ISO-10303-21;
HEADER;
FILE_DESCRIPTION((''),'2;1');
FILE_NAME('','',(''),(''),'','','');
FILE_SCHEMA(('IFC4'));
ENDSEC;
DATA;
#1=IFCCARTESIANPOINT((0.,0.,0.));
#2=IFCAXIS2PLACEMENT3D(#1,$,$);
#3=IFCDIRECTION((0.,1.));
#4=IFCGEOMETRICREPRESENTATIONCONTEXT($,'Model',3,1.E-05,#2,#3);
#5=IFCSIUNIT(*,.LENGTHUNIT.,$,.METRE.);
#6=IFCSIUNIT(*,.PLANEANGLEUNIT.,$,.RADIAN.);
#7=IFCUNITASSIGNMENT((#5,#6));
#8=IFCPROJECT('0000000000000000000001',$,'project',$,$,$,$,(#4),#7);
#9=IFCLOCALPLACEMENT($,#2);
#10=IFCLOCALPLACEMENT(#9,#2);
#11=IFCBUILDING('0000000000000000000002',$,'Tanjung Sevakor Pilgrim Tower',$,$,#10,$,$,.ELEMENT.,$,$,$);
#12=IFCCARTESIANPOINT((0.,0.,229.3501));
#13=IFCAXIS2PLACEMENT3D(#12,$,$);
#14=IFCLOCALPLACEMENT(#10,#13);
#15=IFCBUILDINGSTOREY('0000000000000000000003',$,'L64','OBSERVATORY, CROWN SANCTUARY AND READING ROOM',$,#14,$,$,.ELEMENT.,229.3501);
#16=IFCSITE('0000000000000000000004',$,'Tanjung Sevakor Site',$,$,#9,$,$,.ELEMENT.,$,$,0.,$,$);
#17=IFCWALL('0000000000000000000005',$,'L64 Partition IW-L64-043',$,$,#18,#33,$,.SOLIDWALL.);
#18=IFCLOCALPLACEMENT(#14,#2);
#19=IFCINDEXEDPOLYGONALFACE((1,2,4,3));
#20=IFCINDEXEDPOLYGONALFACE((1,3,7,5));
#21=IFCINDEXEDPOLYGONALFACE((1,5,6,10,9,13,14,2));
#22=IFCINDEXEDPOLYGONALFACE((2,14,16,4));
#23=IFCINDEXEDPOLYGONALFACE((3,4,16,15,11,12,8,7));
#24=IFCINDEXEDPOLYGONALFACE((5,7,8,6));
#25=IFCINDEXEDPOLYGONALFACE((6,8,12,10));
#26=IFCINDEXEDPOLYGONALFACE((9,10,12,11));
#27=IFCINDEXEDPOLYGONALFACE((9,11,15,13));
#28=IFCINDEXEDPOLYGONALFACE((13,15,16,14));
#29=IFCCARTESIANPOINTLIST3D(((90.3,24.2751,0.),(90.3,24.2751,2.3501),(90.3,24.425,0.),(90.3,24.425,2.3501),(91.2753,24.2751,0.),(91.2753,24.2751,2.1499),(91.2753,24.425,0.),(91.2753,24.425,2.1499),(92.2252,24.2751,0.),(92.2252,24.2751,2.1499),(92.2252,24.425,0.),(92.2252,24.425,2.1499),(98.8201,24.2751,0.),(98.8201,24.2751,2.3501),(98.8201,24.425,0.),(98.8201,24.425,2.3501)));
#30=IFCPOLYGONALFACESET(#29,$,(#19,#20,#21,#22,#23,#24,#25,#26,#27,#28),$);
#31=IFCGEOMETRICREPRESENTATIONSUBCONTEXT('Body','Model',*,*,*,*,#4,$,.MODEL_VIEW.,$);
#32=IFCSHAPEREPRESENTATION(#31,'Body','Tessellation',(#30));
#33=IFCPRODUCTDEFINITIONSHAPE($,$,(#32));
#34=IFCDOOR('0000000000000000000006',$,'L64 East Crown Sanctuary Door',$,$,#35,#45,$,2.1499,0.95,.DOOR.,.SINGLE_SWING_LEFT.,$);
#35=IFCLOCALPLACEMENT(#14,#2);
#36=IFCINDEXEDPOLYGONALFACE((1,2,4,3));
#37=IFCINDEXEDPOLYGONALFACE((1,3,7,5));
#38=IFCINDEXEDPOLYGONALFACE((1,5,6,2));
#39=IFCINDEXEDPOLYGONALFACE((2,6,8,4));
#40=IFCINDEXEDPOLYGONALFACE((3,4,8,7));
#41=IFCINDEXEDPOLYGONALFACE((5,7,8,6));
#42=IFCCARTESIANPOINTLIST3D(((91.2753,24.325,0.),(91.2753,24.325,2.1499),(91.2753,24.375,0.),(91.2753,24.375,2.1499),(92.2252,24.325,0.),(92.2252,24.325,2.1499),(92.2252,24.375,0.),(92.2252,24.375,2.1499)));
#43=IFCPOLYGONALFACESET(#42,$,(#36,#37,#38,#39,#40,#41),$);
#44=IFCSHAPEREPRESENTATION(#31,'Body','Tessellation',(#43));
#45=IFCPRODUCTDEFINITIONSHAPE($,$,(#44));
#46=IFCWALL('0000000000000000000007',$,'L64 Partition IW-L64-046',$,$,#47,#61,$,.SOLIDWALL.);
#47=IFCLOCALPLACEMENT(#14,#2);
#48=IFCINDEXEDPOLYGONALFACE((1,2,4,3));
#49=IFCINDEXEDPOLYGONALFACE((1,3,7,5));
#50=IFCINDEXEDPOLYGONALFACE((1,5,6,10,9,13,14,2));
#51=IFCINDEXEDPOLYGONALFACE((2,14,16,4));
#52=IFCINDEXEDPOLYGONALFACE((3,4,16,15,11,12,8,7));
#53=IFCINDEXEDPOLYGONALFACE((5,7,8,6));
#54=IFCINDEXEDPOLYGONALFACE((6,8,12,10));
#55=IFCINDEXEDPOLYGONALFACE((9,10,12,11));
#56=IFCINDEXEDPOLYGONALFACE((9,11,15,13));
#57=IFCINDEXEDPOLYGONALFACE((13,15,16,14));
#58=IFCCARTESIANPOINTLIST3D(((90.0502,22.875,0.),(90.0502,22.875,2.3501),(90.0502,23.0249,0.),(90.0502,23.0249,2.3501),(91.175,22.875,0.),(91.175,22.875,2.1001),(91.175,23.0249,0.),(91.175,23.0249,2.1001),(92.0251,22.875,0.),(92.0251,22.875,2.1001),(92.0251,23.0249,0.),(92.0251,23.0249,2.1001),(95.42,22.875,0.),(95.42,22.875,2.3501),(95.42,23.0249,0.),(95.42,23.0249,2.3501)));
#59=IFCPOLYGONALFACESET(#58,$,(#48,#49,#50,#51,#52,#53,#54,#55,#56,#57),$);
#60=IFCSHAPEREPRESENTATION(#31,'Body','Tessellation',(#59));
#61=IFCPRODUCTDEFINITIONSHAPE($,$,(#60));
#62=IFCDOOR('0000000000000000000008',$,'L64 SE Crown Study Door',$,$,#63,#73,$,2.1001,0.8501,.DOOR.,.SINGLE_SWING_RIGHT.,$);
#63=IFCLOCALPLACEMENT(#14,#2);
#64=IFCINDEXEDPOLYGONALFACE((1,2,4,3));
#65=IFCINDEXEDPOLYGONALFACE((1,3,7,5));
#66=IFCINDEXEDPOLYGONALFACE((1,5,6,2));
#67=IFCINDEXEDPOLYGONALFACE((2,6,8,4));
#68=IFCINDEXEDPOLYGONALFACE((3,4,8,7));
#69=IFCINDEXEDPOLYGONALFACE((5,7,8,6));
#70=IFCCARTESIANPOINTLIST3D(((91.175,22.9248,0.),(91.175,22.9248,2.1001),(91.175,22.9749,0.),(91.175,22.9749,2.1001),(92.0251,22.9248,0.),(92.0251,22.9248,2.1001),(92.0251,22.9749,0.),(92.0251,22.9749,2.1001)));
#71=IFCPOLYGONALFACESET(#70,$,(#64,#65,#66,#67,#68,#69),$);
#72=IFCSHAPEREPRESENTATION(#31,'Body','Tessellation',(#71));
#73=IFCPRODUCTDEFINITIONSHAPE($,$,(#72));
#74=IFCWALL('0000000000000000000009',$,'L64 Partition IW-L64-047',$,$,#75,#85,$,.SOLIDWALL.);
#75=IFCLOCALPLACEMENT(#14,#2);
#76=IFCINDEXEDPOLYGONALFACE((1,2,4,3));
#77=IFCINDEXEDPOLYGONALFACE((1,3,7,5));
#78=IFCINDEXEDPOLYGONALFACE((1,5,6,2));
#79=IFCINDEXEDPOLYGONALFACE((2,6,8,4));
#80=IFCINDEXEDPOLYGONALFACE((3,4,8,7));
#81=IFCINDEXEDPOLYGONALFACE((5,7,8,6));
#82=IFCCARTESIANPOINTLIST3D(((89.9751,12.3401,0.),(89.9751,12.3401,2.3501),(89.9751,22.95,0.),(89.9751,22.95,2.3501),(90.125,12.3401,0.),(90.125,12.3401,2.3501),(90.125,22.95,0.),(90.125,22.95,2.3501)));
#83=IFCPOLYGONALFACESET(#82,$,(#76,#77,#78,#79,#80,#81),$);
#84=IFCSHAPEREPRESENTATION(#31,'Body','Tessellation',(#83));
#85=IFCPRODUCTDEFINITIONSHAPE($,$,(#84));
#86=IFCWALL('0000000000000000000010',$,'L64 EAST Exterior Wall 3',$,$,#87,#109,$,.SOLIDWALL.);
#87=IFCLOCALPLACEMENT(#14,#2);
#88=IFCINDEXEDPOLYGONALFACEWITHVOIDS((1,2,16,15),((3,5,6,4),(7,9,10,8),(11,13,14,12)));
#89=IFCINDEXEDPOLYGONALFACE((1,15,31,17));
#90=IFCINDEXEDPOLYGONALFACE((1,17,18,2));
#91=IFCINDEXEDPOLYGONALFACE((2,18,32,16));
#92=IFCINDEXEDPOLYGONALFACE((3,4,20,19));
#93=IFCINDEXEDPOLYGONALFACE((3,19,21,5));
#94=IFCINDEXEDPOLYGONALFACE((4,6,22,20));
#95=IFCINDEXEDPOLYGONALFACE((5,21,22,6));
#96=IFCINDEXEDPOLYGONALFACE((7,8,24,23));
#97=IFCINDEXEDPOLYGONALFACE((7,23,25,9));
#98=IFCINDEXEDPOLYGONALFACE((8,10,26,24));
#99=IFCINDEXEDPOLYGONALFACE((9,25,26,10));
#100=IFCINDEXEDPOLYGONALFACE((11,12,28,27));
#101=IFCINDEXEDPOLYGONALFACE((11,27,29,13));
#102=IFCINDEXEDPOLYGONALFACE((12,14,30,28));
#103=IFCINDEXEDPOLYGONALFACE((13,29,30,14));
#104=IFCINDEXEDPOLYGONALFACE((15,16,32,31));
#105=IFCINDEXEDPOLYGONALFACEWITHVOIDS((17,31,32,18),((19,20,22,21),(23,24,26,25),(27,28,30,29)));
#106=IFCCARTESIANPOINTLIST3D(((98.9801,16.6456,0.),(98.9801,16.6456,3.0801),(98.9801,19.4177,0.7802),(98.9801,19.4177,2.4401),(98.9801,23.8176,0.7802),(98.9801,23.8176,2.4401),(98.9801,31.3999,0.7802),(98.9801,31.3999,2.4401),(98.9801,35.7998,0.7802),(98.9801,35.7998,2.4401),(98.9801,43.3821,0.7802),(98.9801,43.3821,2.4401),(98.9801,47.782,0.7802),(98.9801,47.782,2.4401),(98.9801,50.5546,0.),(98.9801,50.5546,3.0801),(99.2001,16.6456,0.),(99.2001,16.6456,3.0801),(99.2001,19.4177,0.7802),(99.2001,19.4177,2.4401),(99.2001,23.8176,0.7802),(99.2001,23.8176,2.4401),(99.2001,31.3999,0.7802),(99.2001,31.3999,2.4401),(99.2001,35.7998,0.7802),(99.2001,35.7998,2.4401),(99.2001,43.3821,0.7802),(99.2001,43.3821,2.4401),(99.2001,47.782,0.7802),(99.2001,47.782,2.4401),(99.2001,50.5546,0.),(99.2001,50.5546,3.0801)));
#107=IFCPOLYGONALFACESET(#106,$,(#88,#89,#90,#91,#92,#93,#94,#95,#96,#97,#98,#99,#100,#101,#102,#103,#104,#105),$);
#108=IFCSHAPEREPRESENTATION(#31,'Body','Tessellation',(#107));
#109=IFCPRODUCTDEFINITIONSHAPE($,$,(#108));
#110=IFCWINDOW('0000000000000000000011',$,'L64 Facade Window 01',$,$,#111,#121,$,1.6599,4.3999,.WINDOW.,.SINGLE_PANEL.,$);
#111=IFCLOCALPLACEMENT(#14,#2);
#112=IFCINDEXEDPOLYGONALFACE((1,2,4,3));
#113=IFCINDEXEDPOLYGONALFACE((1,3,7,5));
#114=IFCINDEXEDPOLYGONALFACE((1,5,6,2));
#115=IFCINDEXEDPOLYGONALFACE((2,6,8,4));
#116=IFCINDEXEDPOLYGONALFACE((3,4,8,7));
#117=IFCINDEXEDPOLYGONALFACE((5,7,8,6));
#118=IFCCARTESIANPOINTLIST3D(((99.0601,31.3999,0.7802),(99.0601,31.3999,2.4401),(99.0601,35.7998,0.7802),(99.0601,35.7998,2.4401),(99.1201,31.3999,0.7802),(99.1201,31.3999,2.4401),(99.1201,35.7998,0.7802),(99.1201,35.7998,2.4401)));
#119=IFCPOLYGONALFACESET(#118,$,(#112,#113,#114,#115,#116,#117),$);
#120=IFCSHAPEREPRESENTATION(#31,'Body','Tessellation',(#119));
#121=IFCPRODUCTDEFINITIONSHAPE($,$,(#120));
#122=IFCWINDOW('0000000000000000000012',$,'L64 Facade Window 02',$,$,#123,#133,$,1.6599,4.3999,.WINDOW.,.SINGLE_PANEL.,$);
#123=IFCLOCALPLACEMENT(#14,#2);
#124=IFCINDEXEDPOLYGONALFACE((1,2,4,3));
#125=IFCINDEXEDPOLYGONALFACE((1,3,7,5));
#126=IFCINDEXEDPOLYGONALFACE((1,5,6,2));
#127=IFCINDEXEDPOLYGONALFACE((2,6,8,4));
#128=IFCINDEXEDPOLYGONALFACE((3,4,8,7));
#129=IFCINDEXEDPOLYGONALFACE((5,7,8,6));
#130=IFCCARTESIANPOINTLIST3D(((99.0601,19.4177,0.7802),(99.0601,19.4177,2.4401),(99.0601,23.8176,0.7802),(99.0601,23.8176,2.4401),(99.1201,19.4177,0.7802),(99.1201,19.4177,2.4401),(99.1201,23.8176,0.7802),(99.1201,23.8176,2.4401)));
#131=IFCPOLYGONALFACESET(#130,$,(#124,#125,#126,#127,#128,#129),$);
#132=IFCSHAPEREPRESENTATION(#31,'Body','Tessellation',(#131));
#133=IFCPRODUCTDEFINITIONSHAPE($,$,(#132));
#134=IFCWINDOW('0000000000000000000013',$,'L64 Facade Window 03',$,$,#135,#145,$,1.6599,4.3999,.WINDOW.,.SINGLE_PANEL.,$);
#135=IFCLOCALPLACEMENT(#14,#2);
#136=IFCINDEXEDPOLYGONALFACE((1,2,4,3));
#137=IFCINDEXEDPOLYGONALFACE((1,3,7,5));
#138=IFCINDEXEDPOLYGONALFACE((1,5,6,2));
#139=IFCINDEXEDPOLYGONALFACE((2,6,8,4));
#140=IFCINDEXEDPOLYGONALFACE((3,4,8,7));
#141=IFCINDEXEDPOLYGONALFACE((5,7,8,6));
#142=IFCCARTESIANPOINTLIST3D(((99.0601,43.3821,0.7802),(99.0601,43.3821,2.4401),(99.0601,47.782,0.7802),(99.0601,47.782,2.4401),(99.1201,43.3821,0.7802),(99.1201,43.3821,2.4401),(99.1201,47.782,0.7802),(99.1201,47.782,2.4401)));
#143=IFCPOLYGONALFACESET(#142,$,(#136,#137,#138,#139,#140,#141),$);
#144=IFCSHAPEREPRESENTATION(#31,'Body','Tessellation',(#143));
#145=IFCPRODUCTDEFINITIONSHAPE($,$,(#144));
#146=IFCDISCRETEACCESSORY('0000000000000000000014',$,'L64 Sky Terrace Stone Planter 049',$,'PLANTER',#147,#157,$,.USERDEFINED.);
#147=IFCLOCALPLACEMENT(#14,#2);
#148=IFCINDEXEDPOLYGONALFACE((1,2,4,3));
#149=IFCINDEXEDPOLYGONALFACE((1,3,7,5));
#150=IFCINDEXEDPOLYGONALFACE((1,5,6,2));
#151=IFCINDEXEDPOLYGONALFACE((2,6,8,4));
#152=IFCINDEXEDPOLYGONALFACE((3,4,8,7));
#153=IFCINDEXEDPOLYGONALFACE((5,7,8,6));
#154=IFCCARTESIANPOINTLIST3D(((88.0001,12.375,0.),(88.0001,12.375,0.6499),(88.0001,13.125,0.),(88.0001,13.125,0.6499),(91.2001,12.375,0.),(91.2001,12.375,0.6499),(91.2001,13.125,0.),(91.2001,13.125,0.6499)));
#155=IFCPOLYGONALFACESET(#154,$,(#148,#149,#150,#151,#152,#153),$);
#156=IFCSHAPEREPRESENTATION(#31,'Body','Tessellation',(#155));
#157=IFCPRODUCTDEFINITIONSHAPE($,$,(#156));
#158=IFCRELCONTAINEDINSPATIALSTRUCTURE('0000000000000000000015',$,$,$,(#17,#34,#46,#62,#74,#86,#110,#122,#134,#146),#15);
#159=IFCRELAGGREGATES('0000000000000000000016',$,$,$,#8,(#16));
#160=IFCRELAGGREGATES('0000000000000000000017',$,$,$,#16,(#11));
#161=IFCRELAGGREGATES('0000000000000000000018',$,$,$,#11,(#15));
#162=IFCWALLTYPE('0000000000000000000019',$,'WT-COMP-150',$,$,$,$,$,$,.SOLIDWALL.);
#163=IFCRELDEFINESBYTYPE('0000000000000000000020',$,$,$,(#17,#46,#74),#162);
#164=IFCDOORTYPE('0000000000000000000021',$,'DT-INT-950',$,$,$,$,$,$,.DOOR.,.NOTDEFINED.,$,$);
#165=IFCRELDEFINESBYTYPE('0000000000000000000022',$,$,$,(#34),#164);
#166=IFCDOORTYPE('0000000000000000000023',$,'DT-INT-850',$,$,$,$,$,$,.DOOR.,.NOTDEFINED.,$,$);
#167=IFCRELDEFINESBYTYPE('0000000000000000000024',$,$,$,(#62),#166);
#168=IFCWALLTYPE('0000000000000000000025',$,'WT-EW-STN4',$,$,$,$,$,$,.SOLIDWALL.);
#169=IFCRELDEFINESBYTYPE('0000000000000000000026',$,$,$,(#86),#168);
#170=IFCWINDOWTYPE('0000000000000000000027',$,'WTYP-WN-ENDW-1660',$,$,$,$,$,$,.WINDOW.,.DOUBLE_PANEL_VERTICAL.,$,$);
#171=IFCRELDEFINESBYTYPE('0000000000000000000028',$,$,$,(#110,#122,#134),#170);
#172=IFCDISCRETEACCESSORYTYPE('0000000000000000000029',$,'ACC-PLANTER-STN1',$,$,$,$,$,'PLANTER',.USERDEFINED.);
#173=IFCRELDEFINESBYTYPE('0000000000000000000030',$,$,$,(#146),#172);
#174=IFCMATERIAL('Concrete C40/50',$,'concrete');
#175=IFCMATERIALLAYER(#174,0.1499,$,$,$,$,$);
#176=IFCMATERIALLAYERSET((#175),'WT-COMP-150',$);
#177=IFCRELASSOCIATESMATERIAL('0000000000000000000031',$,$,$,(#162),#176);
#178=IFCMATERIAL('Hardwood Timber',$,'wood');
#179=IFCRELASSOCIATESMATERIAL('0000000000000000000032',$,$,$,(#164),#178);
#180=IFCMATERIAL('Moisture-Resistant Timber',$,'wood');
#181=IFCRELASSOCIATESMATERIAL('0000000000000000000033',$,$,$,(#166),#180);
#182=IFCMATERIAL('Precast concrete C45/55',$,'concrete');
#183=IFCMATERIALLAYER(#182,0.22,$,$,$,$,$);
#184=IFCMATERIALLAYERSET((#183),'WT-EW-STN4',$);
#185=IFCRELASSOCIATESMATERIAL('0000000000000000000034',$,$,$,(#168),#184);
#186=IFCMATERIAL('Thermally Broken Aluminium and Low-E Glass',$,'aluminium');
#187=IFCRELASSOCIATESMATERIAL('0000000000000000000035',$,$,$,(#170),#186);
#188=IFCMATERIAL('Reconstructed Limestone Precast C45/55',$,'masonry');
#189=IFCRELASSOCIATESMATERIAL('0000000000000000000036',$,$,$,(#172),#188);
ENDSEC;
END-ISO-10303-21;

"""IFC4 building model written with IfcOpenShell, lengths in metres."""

from ifc_helpers import new_model, si_unit, direction, frame, frame_2d, origin, origin_2d, place, context, subcontext, project, spatial, rectangle, extrude, material, layer, layer_set, type_object, element, fill, save


model = new_model("IFC4")

# Units and contexts
model_context = context("Model", 3, precision=1e-05, world=origin(), true_north=direction((0.0, 1.0)))
body_context = subcontext(model_context, "Body", "Model", "MODEL_VIEW")
ifc_project = project(units=[si_unit("LENGTHUNIT", "METRE"), si_unit("PLANEANGLEUNIT", "RADIAN")], contexts=[model_context])

# Site, building, storey
site_placement = place(None, origin())
site = spatial("IfcSite", under=ifc_project, at=site_placement, Name="Tanjung Sevakor Site", CompositionType="ELEMENT", RefElevation=0.0)
building_placement = place(site_placement, origin())
building = spatial("IfcBuilding", under=site, at=building_placement, Name="Tanjung Sevakor Pilgrim Tower", CompositionType="ELEMENT")
storey_placement = place(building_placement, frame((0.0, 0.0, 229.3501)))
storey = spatial("IfcBuildingStorey", under=building, at=storey_placement, Name="L64", Description="OBSERVATORY, CROWN SANCTUARY AND READING ROOM", CompositionType="ELEMENT", Elevation=229.3501)

# Wall, opening, door
ifc_material_1 = material(Name="Concrete C40/50", Category="concrete")
ifc_layer_1 = layer(ifc_material_1, 0.1499)
ifc_layer_set_1 = layer_set([ifc_layer_1], Name="WT-COMP-150")
wall_type_1 = type_object("IfcWallType", Name="WT-COMP-150", PredefinedType="SOLIDWALL", material=ifc_layer_set_1)
wall_1_placement = place(storey_placement, frame((90.3, 24.3501, 0.0), z_axis=(0.0, 0.0, 1.0), x_axis=(1.0, 0.0, 0.0)))
wall_1 = element("IfcWall", 1, at=wall_1_placement, inside=storey, type_object=wall_type_1, Name="L64 Partition IW-L64-043", PredefinedType="SOLIDWALL", context=body_context, shape_type="SweptSolid", body=[
    extrude(rectangle(XDim=8.52, YDim=0.1499, at=frame_2d((4.26, 0.0))), origin(), (0.0, 0.0, 1.0), 2.3501),
])
opening_1_placement = place(wall_1_placement, frame((0.9751, 0.0, 0.0)))
opening_1 = element("IfcOpeningElement", 2, at=opening_1_placement, cuts=wall_1, PredefinedType="OPENING", context=body_context, shape_type="SweptSolid", body=[
    extrude(rectangle(XDim=0.95, YDim=2.1499, at=frame_2d((0.4751, 1.075))), frame((0.0, 0.085, 0.0), z_axis=(0.0, -1.0, 0.0), x_axis=(1.0, 0.0, 0.0)), (0.0, 0.0, 1.0), 0.1699),
])
ifc_material_2 = material(Name="Hardwood Timber", Category="wood")
door_type_1 = type_object("IfcDoorType", Name="DT-INT-950", OperationType="NOTDEFINED", PredefinedType="DOOR", material=ifc_material_2)
door_1_placement = place(opening_1_placement, origin())
door_1 = element("IfcDoor", 3, at=door_1_placement, inside=storey, type_object=door_type_1, Name="L64 East Crown Sanctuary Door", OperationType="SINGLE_SWING_LEFT", OverallHeight=2.1499, OverallWidth=0.95, PredefinedType="DOOR", context=body_context, shape_type="SweptSolid", body=[
    extrude(rectangle(XDim=0.95, YDim=2.1499, at=frame_2d((0.4751, 1.075))), frame((0.0, 0.0249, 0.0), z_axis=(0.0, -1.0, 0.0), x_axis=(1.0, 0.0, 0.0)), (0.0, 0.0, 1.0), 0.05),
])
fill(opening_1, door_1)

# Wall, opening, door
wall_2_placement = place(storey_placement, frame((90.05, 22.95, 0.0), z_axis=(0.0, 0.0, 1.0), x_axis=(1.0, 0.0, 0.0)))
wall_2 = element("IfcWall", 4, at=wall_2_placement, inside=storey, type_object=wall_type_1, Name="L64 Partition IW-L64-046", PredefinedType="SOLIDWALL", context=body_context, shape_type="SweptSolid", body=[
    extrude(rectangle(XDim=5.3699, YDim=0.1499, at=frame_2d((2.6851, 0.0))), origin(), (0.0, 0.0, 1.0), 2.3501),
])
opening_2_placement = place(wall_2_placement, frame((1.125, 0.0, 0.0)))
opening_2 = element("IfcOpeningElement", 5, at=opening_2_placement, cuts=wall_2, PredefinedType="OPENING", context=body_context, shape_type="SweptSolid", body=[
    extrude(rectangle(XDim=0.8501, YDim=2.1001, at=frame_2d((0.425, 1.05))), frame((0.0, 0.085, 0.0), z_axis=(0.0, -1.0, 0.0), x_axis=(1.0, 0.0, 0.0)), (0.0, 0.0, 1.0), 0.1699),
])
ifc_material_3 = material(Name="Moisture-Resistant Timber", Category="wood")
door_type_2 = type_object("IfcDoorType", Name="DT-INT-850", OperationType="NOTDEFINED", PredefinedType="DOOR", material=ifc_material_3)
door_2_placement = place(opening_2_placement, origin())
door_2 = element("IfcDoor", 6, at=door_2_placement, inside=storey, type_object=door_type_2, Name="L64 SE Crown Study Door", OperationType="SINGLE_SWING_RIGHT", OverallHeight=2.1001, OverallWidth=0.8501, PredefinedType="DOOR", context=body_context, shape_type="SweptSolid", body=[
    extrude(rectangle(XDim=0.8501, YDim=2.1001, at=frame_2d((0.425, 1.05))), frame((0.0, 0.0249, 0.0), z_axis=(0.0, -1.0, 0.0), x_axis=(1.0, 0.0, 0.0)), (0.0, 0.0, 1.0), 0.05),
])
fill(opening_2, door_2)

# Wall
wall_3_placement = place(storey_placement, frame((90.05, 12.3401, 0.0), z_axis=(0.0, 0.0, 1.0), x_axis=(0.0, 1.0, 0.0)))
element("IfcWall", 7, at=wall_3_placement, inside=storey, type_object=wall_type_1, Name="L64 Partition IW-L64-047", PredefinedType="SOLIDWALL", context=body_context, shape_type="SweptSolid", body=[
    extrude(rectangle(XDim=10.6099, YDim=0.1499, at=frame_2d((5.3049, 0.0))), origin(), (0.0, 0.0, 1.0), 2.3501),
])

# Wall, openings, windows
ifc_material_4 = material(Name="Precast concrete C45/55", Category="concrete")
ifc_layer_2 = layer(ifc_material_4, 0.22)
ifc_layer_set_2 = layer_set([ifc_layer_2], Name="WT-EW-STN4")
wall_type_2 = type_object("IfcWallType", Name="WT-EW-STN4", PredefinedType="SOLIDWALL", material=ifc_layer_set_2)
wall_4_placement = place(storey_placement, frame((99.0901, 16.6455, 0.0), z_axis=(0.0, 0.0, 1.0), x_axis=(0.0, 1.0, 0.0)))
wall_4 = element("IfcWall", 8, at=wall_4_placement, inside=storey, type_object=wall_type_2, Name="L64 EAST Exterior Wall 3", PredefinedType="SOLIDWALL", context=body_context, shape_type="SweptSolid", body=[
    extrude(rectangle(XDim=33.9089, YDim=0.22, at=frame_2d((16.9546, 0.0))), origin(), (0.0, 0.0, 1.0), 3.0801),
])
opening_3_placement = place(wall_4_placement, frame((14.7544, 0.0, 0.78)))
opening_3 = element("IfcOpeningElement", 9, at=opening_3_placement, cuts=wall_4, PredefinedType="OPENING", context=body_context, shape_type="SweptSolid", body=[
    extrude(rectangle(XDim=4.3999, YDim=1.6599, at=frame_2d((2.2, 0.8301))), frame((0.0, 0.1199, 0.0), z_axis=(0.0, -1.0, 0.0), x_axis=(1.0, 0.0, 0.0)), (0.0, 0.0, 1.0), 0.24),
])
opening_4_placement = place(wall_4_placement, frame((2.7722, 0.0, 0.78)))
opening_4 = element("IfcOpeningElement", 10, at=opening_4_placement, cuts=wall_4, PredefinedType="OPENING", context=body_context, shape_type="SweptSolid", body=[
    extrude(rectangle(XDim=4.3999, YDim=1.6599, at=frame_2d((2.2, 0.8301))), frame((0.0, 0.1199, 0.0), z_axis=(0.0, -1.0, 0.0), x_axis=(1.0, 0.0, 0.0)), (0.0, 0.0, 1.0), 0.24),
])
opening_5_placement = place(wall_4_placement, frame((26.7366, 0.0, 0.78)))
opening_5 = element("IfcOpeningElement", 11, at=opening_5_placement, cuts=wall_4, PredefinedType="OPENING", context=body_context, shape_type="SweptSolid", body=[
    extrude(rectangle(XDim=4.3999, YDim=1.6599, at=frame_2d((2.2, 0.8301))), frame((0.0, 0.1199, 0.0), z_axis=(0.0, -1.0, 0.0), x_axis=(1.0, 0.0, 0.0)), (0.0, 0.0, 1.0), 0.24),
])
ifc_material_5 = material(Name="Thermally Broken Aluminium and Low-E Glass", Category="aluminium")
window_type = type_object("IfcWindowType", Name="WTYP-WN-ENDW-1660", PartitioningType="DOUBLE_PANEL_VERTICAL", PredefinedType="WINDOW", material=ifc_material_5)
window_1_placement = place(opening_3_placement, origin())
window_1 = element("IfcWindow", 12, at=window_1_placement, inside=storey, type_object=window_type, Name="L64 Facade Window 01", OverallHeight=1.6599, OverallWidth=4.3999, PartitioningType="SINGLE_PANEL", PredefinedType="WINDOW", context=body_context, shape_type="SweptSolid", body=[
    extrude(rectangle(XDim=4.3999, YDim=1.6599, at=frame_2d((2.2, 0.8301))), frame((0.0, 0.03, 0.0), z_axis=(0.0, -1.0, 0.0), x_axis=(1.0, 0.0, 0.0)), (0.0, 0.0, 1.0), 0.0601),
])
fill(opening_3, window_1)
window_2_placement = place(opening_4_placement, origin())
window_2 = element("IfcWindow", 13, at=window_2_placement, inside=storey, type_object=window_type, Name="L64 Facade Window 02", OverallHeight=1.6599, OverallWidth=4.3999, PartitioningType="SINGLE_PANEL", PredefinedType="WINDOW", context=body_context, shape_type="SweptSolid", body=[
    extrude(rectangle(XDim=4.3999, YDim=1.6599, at=frame_2d((2.2, 0.8301))), frame((0.0, 0.03, 0.0), z_axis=(0.0, -1.0, 0.0), x_axis=(1.0, 0.0, 0.0)), (0.0, 0.0, 1.0), 0.0601),
])
fill(opening_4, window_2)
window_3_placement = place(opening_5_placement, origin())
window_3 = element("IfcWindow", 14, at=window_3_placement, inside=storey, type_object=window_type, Name="L64 Facade Window 03", OverallHeight=1.6599, OverallWidth=4.3999, PartitioningType="SINGLE_PANEL", PredefinedType="WINDOW", context=body_context, shape_type="SweptSolid", body=[
    extrude(rectangle(XDim=4.3999, YDim=1.6599, at=frame_2d((2.2, 0.8301))), frame((0.0, 0.03, 0.0), z_axis=(0.0, -1.0, 0.0), x_axis=(1.0, 0.0, 0.0)), (0.0, 0.0, 1.0), 0.0601),
])
fill(opening_5, window_3)

# Discrete accessory
ifc_material_6 = material(Name="Reconstructed Limestone Precast C45/55", Category="masonry")
discrete_accessory_type = type_object("IfcDiscreteAccessoryType", Name="ACC-PLANTER-STN1", ElementType="PLANTER", PredefinedType="USERDEFINED", material=ifc_material_6)
discrete_accessory_placement = place(storey_placement, frame((89.6001, 12.75, 0.0), z_axis=(0.0, 0.0, 1.0), x_axis=(1.0, 0.0, 0.0)))
element("IfcDiscreteAccessory", 15, at=discrete_accessory_placement, inside=storey, type_object=discrete_accessory_type, Name="L64 Sky Terrace Stone Planter 049", ObjectType="PLANTER", PredefinedType="USERDEFINED", context=body_context, shape_type="SweptSolid", body=[
    extrude(rectangle(XDim=3.2, YDim=0.75, at=origin_2d()), origin(), (0.0, 0.0, 1.0), 0.6499),
])

save(model, "model.ifc")
